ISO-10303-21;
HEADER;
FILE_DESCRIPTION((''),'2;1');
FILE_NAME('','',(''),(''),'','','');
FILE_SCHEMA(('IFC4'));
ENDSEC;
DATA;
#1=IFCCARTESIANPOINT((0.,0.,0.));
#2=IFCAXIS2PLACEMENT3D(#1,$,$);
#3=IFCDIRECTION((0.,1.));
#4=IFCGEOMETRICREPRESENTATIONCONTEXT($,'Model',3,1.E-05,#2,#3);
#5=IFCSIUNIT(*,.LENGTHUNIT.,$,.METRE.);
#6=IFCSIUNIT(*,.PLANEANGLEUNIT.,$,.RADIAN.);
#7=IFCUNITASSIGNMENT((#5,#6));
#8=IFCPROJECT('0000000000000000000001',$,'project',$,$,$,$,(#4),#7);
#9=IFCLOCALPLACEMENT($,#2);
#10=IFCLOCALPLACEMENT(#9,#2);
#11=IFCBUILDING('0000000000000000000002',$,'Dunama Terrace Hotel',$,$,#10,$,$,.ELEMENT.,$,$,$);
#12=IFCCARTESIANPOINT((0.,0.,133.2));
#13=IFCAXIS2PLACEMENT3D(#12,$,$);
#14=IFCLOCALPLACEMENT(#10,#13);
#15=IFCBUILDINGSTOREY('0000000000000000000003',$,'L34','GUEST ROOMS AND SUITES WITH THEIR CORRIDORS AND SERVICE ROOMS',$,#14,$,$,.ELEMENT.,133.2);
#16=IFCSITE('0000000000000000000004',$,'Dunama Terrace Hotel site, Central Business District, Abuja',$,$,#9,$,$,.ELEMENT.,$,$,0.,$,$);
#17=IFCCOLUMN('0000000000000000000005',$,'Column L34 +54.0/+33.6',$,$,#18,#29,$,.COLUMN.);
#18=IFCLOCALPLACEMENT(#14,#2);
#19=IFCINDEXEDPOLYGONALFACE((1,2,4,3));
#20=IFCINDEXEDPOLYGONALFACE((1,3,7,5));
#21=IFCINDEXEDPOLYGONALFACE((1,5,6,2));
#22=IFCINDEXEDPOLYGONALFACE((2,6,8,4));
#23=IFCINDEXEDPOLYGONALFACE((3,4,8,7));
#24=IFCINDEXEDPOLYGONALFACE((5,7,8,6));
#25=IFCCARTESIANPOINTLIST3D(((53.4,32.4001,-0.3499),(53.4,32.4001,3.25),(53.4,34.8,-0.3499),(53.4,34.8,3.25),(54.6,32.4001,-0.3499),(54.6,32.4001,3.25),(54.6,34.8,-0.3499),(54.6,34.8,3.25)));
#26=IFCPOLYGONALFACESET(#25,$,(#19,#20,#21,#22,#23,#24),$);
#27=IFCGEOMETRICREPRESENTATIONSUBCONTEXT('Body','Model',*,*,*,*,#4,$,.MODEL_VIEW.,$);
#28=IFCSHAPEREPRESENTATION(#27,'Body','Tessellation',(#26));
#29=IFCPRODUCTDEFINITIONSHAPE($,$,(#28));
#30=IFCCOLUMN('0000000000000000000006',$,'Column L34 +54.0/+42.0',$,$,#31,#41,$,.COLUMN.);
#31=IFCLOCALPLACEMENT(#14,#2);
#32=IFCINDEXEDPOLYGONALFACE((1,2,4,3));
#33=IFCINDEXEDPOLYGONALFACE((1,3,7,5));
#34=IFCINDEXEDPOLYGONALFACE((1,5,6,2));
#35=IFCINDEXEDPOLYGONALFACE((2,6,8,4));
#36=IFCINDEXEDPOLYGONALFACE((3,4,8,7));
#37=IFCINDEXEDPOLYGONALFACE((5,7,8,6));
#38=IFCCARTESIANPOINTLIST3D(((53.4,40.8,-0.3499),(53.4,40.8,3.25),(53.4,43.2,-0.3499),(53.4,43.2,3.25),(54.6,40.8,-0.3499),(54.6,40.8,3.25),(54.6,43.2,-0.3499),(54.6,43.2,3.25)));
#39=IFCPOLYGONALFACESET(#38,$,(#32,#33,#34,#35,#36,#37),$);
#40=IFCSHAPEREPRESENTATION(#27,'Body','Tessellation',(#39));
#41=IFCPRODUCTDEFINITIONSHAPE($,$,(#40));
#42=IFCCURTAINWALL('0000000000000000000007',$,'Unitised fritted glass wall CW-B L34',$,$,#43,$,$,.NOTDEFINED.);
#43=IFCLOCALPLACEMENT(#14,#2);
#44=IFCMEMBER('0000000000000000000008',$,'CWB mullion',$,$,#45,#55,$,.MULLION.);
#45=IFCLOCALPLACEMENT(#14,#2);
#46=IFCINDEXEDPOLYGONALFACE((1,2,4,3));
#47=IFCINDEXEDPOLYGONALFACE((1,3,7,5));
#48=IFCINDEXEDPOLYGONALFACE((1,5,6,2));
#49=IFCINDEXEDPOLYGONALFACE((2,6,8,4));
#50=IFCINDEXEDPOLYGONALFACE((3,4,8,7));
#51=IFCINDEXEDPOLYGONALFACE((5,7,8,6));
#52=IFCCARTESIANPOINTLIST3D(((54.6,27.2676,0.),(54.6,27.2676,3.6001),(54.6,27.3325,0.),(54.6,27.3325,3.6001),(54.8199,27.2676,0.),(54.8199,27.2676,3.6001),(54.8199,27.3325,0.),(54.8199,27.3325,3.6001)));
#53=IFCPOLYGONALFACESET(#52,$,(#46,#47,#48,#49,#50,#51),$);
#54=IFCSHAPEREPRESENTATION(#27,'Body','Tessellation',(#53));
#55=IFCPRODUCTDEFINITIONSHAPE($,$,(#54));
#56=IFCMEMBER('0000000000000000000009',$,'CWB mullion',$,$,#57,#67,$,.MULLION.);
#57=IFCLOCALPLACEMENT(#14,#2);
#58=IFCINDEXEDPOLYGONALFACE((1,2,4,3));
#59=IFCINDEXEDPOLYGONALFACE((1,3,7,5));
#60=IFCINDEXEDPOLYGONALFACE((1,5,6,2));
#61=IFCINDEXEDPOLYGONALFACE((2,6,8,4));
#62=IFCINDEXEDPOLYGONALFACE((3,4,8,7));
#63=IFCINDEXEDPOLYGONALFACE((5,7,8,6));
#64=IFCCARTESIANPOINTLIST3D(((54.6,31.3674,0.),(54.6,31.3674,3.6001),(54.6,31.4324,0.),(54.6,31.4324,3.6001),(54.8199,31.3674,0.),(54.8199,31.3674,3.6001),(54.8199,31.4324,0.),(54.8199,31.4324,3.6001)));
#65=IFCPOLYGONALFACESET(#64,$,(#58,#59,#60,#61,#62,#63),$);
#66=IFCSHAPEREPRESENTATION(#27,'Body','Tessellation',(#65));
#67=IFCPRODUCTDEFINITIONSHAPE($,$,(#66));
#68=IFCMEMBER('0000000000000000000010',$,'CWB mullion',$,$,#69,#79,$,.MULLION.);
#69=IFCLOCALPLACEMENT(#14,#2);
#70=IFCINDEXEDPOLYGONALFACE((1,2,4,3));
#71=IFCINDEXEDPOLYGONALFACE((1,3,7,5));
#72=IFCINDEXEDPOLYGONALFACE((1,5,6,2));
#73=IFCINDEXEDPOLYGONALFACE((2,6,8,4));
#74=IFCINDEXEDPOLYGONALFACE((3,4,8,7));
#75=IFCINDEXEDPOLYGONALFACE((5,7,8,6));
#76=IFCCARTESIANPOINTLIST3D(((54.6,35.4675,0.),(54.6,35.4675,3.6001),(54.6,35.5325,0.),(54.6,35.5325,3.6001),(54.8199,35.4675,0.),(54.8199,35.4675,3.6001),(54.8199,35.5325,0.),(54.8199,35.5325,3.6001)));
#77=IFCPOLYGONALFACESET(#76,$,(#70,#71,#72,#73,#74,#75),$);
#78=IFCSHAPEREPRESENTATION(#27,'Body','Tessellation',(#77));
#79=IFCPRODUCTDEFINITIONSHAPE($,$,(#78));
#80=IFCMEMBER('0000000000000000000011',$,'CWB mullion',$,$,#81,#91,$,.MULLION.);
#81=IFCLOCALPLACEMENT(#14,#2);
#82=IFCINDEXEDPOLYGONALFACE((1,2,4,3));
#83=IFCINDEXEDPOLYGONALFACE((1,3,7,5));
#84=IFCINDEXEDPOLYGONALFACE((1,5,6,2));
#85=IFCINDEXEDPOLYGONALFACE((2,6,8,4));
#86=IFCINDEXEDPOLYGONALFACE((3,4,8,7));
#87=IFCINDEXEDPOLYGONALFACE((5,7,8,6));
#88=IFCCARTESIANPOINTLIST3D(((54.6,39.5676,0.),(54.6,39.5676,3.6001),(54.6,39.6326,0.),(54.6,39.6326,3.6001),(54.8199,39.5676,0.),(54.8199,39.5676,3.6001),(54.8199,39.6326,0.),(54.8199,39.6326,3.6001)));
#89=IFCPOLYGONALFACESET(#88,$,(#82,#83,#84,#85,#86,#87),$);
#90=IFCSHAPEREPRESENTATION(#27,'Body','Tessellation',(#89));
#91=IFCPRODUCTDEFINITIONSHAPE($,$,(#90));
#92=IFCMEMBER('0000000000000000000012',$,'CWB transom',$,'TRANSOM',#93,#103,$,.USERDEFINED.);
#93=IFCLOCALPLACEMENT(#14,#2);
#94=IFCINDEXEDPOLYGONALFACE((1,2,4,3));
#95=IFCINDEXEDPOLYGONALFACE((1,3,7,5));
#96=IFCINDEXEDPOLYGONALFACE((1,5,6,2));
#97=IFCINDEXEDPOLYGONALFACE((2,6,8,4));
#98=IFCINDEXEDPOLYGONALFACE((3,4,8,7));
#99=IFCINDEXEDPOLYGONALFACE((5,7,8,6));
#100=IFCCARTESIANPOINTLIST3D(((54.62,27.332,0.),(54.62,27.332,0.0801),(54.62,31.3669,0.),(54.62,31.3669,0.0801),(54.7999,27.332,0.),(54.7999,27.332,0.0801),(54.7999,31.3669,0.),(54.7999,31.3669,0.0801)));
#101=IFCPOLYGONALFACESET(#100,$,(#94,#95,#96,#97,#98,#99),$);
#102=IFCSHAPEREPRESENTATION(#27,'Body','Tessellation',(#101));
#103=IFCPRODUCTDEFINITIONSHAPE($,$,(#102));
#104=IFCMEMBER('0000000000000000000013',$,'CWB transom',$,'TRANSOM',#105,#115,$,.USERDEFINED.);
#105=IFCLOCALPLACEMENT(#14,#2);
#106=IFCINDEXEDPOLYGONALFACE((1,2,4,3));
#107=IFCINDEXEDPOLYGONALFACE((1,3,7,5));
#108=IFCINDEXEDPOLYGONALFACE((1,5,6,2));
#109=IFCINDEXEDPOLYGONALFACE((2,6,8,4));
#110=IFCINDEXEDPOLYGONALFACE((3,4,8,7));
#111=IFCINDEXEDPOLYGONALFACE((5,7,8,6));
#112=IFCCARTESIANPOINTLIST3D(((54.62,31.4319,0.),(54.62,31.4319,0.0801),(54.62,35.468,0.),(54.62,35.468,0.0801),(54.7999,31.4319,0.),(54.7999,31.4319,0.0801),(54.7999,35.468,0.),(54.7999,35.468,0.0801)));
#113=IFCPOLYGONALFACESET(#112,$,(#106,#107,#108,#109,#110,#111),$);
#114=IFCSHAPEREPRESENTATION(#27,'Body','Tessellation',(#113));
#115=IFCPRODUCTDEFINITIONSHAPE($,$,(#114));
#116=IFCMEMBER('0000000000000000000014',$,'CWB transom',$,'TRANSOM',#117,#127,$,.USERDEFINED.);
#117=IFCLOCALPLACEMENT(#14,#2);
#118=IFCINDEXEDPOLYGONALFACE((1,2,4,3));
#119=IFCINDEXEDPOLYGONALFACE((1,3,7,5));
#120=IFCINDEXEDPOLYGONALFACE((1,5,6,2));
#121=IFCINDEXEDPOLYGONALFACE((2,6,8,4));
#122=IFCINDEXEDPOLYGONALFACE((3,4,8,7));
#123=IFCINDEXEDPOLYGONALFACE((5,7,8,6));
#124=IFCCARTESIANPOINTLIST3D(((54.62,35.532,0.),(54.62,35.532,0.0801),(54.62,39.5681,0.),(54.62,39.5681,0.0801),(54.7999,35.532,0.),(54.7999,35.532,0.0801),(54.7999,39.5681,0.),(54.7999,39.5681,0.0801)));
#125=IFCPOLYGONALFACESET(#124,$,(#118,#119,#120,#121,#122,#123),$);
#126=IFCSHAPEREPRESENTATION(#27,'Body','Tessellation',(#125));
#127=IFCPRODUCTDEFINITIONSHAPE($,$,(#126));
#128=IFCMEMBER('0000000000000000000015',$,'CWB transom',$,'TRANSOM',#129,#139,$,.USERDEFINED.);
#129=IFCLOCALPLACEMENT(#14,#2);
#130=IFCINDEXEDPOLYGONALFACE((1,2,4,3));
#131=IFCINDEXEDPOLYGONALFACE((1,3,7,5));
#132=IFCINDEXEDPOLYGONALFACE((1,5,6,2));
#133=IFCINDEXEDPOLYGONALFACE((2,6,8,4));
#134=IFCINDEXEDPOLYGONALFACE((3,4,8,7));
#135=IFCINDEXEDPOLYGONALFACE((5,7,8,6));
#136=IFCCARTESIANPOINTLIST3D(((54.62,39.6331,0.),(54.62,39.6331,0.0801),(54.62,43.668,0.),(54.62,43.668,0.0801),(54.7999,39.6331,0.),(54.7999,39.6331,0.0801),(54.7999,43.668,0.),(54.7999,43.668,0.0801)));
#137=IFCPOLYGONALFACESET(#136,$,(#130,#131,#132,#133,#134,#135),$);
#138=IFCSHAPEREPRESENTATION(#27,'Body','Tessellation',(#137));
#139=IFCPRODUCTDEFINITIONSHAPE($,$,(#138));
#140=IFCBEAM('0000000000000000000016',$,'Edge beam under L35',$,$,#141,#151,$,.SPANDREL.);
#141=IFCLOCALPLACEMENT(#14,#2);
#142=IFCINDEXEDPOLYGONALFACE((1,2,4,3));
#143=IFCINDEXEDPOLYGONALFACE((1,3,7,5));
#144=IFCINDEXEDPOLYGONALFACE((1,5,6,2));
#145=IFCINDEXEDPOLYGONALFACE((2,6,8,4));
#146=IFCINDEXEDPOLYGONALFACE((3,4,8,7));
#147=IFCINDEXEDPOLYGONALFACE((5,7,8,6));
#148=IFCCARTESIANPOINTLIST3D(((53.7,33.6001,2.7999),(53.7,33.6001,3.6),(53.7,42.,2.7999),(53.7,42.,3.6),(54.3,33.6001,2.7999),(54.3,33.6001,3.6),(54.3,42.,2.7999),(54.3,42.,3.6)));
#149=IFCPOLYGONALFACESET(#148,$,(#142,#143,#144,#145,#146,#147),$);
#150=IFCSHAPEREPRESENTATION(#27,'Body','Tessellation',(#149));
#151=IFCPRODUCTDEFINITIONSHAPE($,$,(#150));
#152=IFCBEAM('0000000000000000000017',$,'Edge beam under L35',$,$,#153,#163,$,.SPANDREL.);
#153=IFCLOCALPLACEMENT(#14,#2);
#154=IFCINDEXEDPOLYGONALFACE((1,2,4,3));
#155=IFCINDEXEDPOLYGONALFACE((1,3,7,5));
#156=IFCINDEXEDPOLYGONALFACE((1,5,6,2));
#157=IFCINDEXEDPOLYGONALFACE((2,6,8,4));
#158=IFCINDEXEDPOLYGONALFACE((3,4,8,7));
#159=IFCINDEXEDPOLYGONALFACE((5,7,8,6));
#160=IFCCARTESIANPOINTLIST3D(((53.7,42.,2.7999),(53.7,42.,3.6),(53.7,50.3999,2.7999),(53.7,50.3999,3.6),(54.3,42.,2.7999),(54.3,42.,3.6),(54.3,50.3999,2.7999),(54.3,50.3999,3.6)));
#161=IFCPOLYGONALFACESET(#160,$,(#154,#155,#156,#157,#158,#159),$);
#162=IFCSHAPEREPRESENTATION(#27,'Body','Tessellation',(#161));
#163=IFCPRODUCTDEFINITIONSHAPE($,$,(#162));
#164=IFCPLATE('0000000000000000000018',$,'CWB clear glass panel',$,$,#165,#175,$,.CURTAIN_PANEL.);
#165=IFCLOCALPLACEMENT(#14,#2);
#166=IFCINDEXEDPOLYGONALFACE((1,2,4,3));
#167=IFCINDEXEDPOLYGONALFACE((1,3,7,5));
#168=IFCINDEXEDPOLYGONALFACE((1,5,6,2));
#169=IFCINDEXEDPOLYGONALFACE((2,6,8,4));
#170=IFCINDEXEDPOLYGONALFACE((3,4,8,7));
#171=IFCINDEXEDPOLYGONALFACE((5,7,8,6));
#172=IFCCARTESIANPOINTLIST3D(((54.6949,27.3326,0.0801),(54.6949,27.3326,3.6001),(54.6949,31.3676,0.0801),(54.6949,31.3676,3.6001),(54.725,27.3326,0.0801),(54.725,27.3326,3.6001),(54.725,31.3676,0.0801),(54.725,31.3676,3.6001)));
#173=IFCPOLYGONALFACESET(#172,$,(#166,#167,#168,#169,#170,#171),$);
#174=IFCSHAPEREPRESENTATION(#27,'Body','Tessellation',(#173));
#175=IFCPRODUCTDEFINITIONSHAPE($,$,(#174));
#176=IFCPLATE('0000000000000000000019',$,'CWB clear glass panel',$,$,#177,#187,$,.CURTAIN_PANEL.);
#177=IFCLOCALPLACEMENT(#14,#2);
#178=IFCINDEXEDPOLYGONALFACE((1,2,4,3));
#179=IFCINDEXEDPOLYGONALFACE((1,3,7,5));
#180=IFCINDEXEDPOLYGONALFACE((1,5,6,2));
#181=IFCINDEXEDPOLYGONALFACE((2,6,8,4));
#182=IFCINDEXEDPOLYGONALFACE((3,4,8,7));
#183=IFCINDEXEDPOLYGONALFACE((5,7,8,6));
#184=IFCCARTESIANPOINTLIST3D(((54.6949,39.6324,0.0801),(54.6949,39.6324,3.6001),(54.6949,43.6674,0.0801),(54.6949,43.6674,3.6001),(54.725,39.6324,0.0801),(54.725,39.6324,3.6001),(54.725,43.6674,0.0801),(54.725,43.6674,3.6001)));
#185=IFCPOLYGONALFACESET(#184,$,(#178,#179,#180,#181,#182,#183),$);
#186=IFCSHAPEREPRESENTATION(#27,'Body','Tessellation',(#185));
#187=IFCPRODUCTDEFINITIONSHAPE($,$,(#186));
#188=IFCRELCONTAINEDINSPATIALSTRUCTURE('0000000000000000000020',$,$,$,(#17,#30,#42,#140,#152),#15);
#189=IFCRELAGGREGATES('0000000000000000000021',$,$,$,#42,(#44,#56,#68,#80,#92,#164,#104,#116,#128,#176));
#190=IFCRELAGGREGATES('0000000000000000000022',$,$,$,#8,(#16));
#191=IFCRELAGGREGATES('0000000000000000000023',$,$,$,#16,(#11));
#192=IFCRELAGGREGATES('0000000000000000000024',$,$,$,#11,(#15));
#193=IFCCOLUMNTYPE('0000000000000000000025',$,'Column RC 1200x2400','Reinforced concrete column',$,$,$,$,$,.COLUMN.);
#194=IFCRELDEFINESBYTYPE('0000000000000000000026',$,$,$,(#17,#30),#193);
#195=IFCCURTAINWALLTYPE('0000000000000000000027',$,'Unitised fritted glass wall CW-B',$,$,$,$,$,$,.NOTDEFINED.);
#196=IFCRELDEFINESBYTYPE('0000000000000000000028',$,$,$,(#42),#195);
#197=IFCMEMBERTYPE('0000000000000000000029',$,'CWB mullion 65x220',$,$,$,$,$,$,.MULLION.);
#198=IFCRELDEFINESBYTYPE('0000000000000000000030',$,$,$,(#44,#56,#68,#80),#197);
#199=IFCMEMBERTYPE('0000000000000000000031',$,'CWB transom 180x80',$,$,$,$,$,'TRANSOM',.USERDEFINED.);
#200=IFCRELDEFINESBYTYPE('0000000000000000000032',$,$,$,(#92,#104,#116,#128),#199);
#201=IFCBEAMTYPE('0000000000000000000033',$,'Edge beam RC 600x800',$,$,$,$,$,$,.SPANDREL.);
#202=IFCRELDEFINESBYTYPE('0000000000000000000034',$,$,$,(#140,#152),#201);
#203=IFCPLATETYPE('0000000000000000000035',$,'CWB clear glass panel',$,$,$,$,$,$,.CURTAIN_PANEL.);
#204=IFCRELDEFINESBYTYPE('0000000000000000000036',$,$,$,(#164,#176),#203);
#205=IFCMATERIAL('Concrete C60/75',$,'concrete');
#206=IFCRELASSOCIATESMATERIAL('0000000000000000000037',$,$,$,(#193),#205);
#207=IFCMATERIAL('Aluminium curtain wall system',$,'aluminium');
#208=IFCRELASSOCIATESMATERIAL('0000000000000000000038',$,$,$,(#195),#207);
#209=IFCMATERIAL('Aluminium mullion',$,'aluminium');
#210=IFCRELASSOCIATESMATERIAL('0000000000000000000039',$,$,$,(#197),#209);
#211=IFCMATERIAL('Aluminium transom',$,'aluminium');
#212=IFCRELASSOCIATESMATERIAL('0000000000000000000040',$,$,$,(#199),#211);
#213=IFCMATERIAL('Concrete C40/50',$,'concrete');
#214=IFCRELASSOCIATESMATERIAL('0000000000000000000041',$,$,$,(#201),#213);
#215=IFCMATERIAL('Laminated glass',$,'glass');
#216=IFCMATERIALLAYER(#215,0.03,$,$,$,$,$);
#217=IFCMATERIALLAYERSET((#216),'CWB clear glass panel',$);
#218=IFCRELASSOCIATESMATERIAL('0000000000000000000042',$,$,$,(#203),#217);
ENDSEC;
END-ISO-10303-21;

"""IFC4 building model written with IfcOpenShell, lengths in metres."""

from ifc_helpers import new_model, si_unit, direction, frame, origin, origin_2d, place, context, subcontext, project, spatial, rectangle, extrude, material, layer, layer_set, material_profile, profile_set, type_object, element, aggregate, save


model = new_model("IFC4")

# Units and contexts
model_context = context("Model", 3, precision=1e-05, world=origin(), true_north=direction((0.0, 1.0)))
body_context = subcontext(model_context, "Body", "Model", "MODEL_VIEW")
ifc_project = project(units=[si_unit("LENGTHUNIT", "METRE"), si_unit("PLANEANGLEUNIT", "RADIAN")], contexts=[model_context])

# Site, building, storey
site_placement = place(None, origin())
site = spatial("IfcSite", under=ifc_project, at=site_placement, Name="Dunama Terrace Hotel site, Central Business District, Abuja", CompositionType="ELEMENT", RefElevation=0.0)
building_placement = place(site_placement, origin())
building = spatial("IfcBuilding", under=site, at=building_placement, Name="Dunama Terrace Hotel", CompositionType="ELEMENT")
storey_placement = place(building_placement, frame((0.0, 0.0, 133.2)))
storey = spatial("IfcBuildingStorey", under=building, at=storey_placement, Name="L34", Description="GUEST ROOMS AND SUITES WITH THEIR CORRIDORS AND SERVICE ROOMS", CompositionType="ELEMENT", Elevation=133.2)

# Columns
ifc_material_1 = material(Name="Concrete C60/75", Category="concrete")
ifc_material_profile_1 = material_profile(ifc_material_1, rectangle(XDim=1.2, YDim=2.3999, at=origin_2d()), Name="RC 1200x2400")
ifc_profile_set_1 = profile_set([ifc_material_profile_1], Name="Concrete C60/75")
column_type = type_object("IfcColumnType", Name="Column RC 1200x2400", Description="Reinforced concrete column", PredefinedType="COLUMN", material=ifc_profile_set_1)
for number, where, z_axis, x_axis, name in (
    (1, (54.0, 33.6001, -0.3499), (0.0, 0.0, 1.0), (1.0, 0.0, 0.0), "Column L34 +54.0/+33.6"),
    (2, (54.0, 42.0, -0.3499), (0.0, 0.0, 1.0), (1.0, 0.0, 0.0), "Column L34 +54.0/+42.0"),
):
    element("IfcColumn", number, at=place(storey_placement, frame(where, z_axis=z_axis, x_axis=x_axis)), inside=storey, type_object=column_type, Name=name, PredefinedType="COLUMN", context=body_context, shape_type="SweptSolid", body=[
        extrude(rectangle(XDim=1.2, YDim=2.3999, at=origin_2d()), origin(), (0.0, 0.0, 1.0), 3.5999),
    ])

# Curtain wall, members
ifc_material_2 = material(Name="Aluminium curtain wall system", Category="aluminium")
curtain_wall_type = type_object("IfcCurtainWallType", Name="Unitised fritted glass wall CW-B", PredefinedType="NOTDEFINED", material=ifc_material_2)
curtain_wall_placement = place(storey_placement, origin())
curtain_wall = element("IfcCurtainWall", 3, at=curtain_wall_placement, inside=storey, type_object=curtain_wall_type, Name="Unitised fritted glass wall CW-B L34", PredefinedType="NOTDEFINED")
ifc_material_3 = material(Name="Aluminium mullion", Category="aluminium")
ifc_material_profile_2 = material_profile(ifc_material_3, rectangle(XDim=0.0649, YDim=0.22, at=origin_2d()), Name="CWB MULLION 65X220")
ifc_profile_set_2 = profile_set([ifc_material_profile_2], Name="Aluminium mullion")
member_type_1 = type_object("IfcMemberType", Name="CWB mullion 65x220", PredefinedType="MULLION", material=ifc_profile_set_2)
member_1_placement = place(storey_placement, frame((54.71, 27.3, 0.0), z_axis=(0.0, 0.0, 1.0), x_axis=(0.0, 1.0, 0.0)))
member_1 = element("IfcMember", 4, at=member_1_placement, type_object=member_type_1, Name="CWB mullion", PredefinedType="MULLION", context=body_context, shape_type="SweptSolid", body=[
    extrude(rectangle(XDim=0.0649, YDim=0.22, at=origin_2d()), origin(), (0.0, 0.0, 1.0), 3.6001),
])
member_2_placement = place(storey_placement, frame((54.71, 31.3999, 0.0), z_axis=(0.0, 0.0, 1.0), x_axis=(0.0, 1.0, 0.0)))
member_2 = element("IfcMember", 5, at=member_2_placement, type_object=member_type_1, Name="CWB mullion", PredefinedType="MULLION", context=body_context, shape_type="SweptSolid", body=[
    extrude(rectangle(XDim=0.0649, YDim=0.22, at=origin_2d()), origin(), (0.0, 0.0, 1.0), 3.6001),
])
member_3_placement = place(storey_placement, frame((54.71, 35.5, 0.0), z_axis=(0.0, 0.0, 1.0), x_axis=(0.0, 1.0, 0.0)))
member_3 = element("IfcMember", 6, at=member_3_placement, type_object=member_type_1, Name="CWB mullion", PredefinedType="MULLION", context=body_context, shape_type="SweptSolid", body=[
    extrude(rectangle(XDim=0.0649, YDim=0.22, at=origin_2d()), origin(), (0.0, 0.0, 1.0), 3.6001),
])
member_4_placement = place(storey_placement, frame((54.71, 39.6001, 0.0), z_axis=(0.0, 0.0, 1.0), x_axis=(0.0, 1.0, 0.0)))
member_4 = element("IfcMember", 7, at=member_4_placement, type_object=member_type_1, Name="CWB mullion", PredefinedType="MULLION", context=body_context, shape_type="SweptSolid", body=[
    extrude(rectangle(XDim=0.0649, YDim=0.22, at=origin_2d()), origin(), (0.0, 0.0, 1.0), 3.6001),
])
ifc_material_4 = material(Name="Aluminium transom", Category="aluminium")
ifc_material_profile_3 = material_profile(ifc_material_4, rectangle(XDim=0.1799, YDim=0.0801, at=origin_2d()), Name="CWB TRANSOM 180X80")
ifc_profile_set_3 = profile_set([ifc_material_profile_3], Name="Aluminium transom")
member_type_2 = type_object("IfcMemberType", Name="CWB transom 180x80", ElementType="TRANSOM", PredefinedType="USERDEFINED", material=ifc_profile_set_3)
member_5_placement = place(storey_placement, frame((54.71, 27.332, 0.04), z_axis=(0.0, 1.0, 0.0), x_axis=(-1.0, 0.0, 0.0)))
member_5 = element("IfcMember", 8, at=member_5_placement, type_object=member_type_2, Name="CWB transom", ObjectType="TRANSOM", PredefinedType="USERDEFINED", context=body_context, shape_type="SweptSolid", body=[
    extrude(rectangle(XDim=0.1799, YDim=0.0801, at=origin_2d()), origin(), (0.0, 0.0, 1.0), 4.0349),
])
member_6_placement = place(storey_placement, frame((54.71, 31.4319, 0.04), z_axis=(0.0, 1.0, 0.0), x_axis=(-1.0, 0.0, 0.0)))
member_6 = element("IfcMember", 9, at=member_6_placement, type_object=member_type_2, Name="CWB transom", ObjectType="TRANSOM", PredefinedType="USERDEFINED", context=body_context, shape_type="SweptSolid", body=[
    extrude(rectangle(XDim=0.1799, YDim=0.0801, at=origin_2d()), origin(), (0.0, 0.0, 1.0), 4.0361),
])
member_7_placement = place(storey_placement, frame((54.71, 35.532, 0.04), z_axis=(0.0, 1.0, 0.0), x_axis=(-1.0, 0.0, 0.0)))
member_7 = element("IfcMember", 10, at=member_7_placement, type_object=member_type_2, Name="CWB transom", ObjectType="TRANSOM", PredefinedType="USERDEFINED", context=body_context, shape_type="SweptSolid", body=[
    extrude(rectangle(XDim=0.1799, YDim=0.0801, at=origin_2d()), origin(), (0.0, 0.0, 1.0), 4.0361),
])
member_8_placement = place(storey_placement, frame((54.71, 39.6331, 0.04), z_axis=(0.0, 1.0, 0.0), x_axis=(-1.0, 0.0, 0.0)))
member_8 = element("IfcMember", 11, at=member_8_placement, type_object=member_type_2, Name="CWB transom", ObjectType="TRANSOM", PredefinedType="USERDEFINED", context=body_context, shape_type="SweptSolid", body=[
    extrude(rectangle(XDim=0.1799, YDim=0.0801, at=origin_2d()), origin(), (0.0, 0.0, 1.0), 4.0349),
])

# Beams
ifc_material_5 = material(Name="Concrete C40/50", Category="concrete")
ifc_material_profile_4 = material_profile(ifc_material_5, rectangle(XDim=0.6001, YDim=0.8, at=origin_2d()), Name="RC 600x800")
ifc_profile_set_4 = profile_set([ifc_material_profile_4], Name="Concrete C40/50")
beam_type = type_object("IfcBeamType", Name="Edge beam RC 600x800", PredefinedType="SPANDREL", material=ifc_profile_set_4)
for number, where, z_axis, x_axis, name in (
    (12, (54.0, 33.6001, 3.2), (0.0, 1.0, 0.0), (-1.0, 0.0, 0.0), "Edge beam under L35"),
    (13, (54.0, 42.0, 3.2), (0.0, 1.0, 0.0), (-1.0, 0.0, 0.0), "Edge beam under L35"),
):
    element("IfcBeam", number, at=place(storey_placement, frame(where, z_axis=z_axis, x_axis=x_axis)), inside=storey, type_object=beam_type, Name=name, PredefinedType="SPANDREL", context=body_context, shape_type="SweptSolid", body=[
        extrude(rectangle(XDim=0.6001, YDim=0.8, at=origin_2d()), origin(), (0.0, 0.0, 1.0), 8.3999),
    ])

# Plates
ifc_material_6 = material(Name="Laminated glass", Category="glass")
ifc_layer_1 = layer(ifc_material_6, 0.03)
ifc_layer_set_1 = layer_set([ifc_layer_1], Name="CWB clear glass panel")
plate_type_1 = type_object("IfcPlateType", Name="CWB clear glass panel", PredefinedType="CURTAIN_PANEL", material=ifc_layer_set_1)
plate_1_placement = place(storey_placement, frame((54.71, 29.3501, 0.0801), z_axis=(0.0, 0.0, 1.0), x_axis=(0.0, 1.0, 0.0)))
plate_1 = element("IfcPlate", 14, at=plate_1_placement, type_object=plate_type_1, Name="CWB clear glass panel", PredefinedType="CURTAIN_PANEL", context=body_context, shape_type="SweptSolid", body=[
    extrude(rectangle(XDim=4.0349, YDim=0.03, at=origin_2d()), origin(), (0.0, 0.0, 1.0), 3.52),
])
plate_2_placement = place(storey_placement, frame((54.71, 41.6499, 0.0801), z_axis=(0.0, 0.0, 1.0), x_axis=(0.0, 1.0, 0.0)))
plate_2 = element("IfcPlate", 15, at=plate_2_placement, type_object=plate_type_1, Name="CWB clear glass panel", PredefinedType="CURTAIN_PANEL", context=body_context, shape_type="SweptSolid", body=[
    extrude(rectangle(XDim=4.0349, YDim=0.03, at=origin_2d()), origin(), (0.0, 0.0, 1.0), 3.52),
])
aggregate(curtain_wall, [member_1, member_2, member_3, member_4, member_5, plate_1, member_6, member_7, member_8, plate_2])

save(model, "model.ifc")
